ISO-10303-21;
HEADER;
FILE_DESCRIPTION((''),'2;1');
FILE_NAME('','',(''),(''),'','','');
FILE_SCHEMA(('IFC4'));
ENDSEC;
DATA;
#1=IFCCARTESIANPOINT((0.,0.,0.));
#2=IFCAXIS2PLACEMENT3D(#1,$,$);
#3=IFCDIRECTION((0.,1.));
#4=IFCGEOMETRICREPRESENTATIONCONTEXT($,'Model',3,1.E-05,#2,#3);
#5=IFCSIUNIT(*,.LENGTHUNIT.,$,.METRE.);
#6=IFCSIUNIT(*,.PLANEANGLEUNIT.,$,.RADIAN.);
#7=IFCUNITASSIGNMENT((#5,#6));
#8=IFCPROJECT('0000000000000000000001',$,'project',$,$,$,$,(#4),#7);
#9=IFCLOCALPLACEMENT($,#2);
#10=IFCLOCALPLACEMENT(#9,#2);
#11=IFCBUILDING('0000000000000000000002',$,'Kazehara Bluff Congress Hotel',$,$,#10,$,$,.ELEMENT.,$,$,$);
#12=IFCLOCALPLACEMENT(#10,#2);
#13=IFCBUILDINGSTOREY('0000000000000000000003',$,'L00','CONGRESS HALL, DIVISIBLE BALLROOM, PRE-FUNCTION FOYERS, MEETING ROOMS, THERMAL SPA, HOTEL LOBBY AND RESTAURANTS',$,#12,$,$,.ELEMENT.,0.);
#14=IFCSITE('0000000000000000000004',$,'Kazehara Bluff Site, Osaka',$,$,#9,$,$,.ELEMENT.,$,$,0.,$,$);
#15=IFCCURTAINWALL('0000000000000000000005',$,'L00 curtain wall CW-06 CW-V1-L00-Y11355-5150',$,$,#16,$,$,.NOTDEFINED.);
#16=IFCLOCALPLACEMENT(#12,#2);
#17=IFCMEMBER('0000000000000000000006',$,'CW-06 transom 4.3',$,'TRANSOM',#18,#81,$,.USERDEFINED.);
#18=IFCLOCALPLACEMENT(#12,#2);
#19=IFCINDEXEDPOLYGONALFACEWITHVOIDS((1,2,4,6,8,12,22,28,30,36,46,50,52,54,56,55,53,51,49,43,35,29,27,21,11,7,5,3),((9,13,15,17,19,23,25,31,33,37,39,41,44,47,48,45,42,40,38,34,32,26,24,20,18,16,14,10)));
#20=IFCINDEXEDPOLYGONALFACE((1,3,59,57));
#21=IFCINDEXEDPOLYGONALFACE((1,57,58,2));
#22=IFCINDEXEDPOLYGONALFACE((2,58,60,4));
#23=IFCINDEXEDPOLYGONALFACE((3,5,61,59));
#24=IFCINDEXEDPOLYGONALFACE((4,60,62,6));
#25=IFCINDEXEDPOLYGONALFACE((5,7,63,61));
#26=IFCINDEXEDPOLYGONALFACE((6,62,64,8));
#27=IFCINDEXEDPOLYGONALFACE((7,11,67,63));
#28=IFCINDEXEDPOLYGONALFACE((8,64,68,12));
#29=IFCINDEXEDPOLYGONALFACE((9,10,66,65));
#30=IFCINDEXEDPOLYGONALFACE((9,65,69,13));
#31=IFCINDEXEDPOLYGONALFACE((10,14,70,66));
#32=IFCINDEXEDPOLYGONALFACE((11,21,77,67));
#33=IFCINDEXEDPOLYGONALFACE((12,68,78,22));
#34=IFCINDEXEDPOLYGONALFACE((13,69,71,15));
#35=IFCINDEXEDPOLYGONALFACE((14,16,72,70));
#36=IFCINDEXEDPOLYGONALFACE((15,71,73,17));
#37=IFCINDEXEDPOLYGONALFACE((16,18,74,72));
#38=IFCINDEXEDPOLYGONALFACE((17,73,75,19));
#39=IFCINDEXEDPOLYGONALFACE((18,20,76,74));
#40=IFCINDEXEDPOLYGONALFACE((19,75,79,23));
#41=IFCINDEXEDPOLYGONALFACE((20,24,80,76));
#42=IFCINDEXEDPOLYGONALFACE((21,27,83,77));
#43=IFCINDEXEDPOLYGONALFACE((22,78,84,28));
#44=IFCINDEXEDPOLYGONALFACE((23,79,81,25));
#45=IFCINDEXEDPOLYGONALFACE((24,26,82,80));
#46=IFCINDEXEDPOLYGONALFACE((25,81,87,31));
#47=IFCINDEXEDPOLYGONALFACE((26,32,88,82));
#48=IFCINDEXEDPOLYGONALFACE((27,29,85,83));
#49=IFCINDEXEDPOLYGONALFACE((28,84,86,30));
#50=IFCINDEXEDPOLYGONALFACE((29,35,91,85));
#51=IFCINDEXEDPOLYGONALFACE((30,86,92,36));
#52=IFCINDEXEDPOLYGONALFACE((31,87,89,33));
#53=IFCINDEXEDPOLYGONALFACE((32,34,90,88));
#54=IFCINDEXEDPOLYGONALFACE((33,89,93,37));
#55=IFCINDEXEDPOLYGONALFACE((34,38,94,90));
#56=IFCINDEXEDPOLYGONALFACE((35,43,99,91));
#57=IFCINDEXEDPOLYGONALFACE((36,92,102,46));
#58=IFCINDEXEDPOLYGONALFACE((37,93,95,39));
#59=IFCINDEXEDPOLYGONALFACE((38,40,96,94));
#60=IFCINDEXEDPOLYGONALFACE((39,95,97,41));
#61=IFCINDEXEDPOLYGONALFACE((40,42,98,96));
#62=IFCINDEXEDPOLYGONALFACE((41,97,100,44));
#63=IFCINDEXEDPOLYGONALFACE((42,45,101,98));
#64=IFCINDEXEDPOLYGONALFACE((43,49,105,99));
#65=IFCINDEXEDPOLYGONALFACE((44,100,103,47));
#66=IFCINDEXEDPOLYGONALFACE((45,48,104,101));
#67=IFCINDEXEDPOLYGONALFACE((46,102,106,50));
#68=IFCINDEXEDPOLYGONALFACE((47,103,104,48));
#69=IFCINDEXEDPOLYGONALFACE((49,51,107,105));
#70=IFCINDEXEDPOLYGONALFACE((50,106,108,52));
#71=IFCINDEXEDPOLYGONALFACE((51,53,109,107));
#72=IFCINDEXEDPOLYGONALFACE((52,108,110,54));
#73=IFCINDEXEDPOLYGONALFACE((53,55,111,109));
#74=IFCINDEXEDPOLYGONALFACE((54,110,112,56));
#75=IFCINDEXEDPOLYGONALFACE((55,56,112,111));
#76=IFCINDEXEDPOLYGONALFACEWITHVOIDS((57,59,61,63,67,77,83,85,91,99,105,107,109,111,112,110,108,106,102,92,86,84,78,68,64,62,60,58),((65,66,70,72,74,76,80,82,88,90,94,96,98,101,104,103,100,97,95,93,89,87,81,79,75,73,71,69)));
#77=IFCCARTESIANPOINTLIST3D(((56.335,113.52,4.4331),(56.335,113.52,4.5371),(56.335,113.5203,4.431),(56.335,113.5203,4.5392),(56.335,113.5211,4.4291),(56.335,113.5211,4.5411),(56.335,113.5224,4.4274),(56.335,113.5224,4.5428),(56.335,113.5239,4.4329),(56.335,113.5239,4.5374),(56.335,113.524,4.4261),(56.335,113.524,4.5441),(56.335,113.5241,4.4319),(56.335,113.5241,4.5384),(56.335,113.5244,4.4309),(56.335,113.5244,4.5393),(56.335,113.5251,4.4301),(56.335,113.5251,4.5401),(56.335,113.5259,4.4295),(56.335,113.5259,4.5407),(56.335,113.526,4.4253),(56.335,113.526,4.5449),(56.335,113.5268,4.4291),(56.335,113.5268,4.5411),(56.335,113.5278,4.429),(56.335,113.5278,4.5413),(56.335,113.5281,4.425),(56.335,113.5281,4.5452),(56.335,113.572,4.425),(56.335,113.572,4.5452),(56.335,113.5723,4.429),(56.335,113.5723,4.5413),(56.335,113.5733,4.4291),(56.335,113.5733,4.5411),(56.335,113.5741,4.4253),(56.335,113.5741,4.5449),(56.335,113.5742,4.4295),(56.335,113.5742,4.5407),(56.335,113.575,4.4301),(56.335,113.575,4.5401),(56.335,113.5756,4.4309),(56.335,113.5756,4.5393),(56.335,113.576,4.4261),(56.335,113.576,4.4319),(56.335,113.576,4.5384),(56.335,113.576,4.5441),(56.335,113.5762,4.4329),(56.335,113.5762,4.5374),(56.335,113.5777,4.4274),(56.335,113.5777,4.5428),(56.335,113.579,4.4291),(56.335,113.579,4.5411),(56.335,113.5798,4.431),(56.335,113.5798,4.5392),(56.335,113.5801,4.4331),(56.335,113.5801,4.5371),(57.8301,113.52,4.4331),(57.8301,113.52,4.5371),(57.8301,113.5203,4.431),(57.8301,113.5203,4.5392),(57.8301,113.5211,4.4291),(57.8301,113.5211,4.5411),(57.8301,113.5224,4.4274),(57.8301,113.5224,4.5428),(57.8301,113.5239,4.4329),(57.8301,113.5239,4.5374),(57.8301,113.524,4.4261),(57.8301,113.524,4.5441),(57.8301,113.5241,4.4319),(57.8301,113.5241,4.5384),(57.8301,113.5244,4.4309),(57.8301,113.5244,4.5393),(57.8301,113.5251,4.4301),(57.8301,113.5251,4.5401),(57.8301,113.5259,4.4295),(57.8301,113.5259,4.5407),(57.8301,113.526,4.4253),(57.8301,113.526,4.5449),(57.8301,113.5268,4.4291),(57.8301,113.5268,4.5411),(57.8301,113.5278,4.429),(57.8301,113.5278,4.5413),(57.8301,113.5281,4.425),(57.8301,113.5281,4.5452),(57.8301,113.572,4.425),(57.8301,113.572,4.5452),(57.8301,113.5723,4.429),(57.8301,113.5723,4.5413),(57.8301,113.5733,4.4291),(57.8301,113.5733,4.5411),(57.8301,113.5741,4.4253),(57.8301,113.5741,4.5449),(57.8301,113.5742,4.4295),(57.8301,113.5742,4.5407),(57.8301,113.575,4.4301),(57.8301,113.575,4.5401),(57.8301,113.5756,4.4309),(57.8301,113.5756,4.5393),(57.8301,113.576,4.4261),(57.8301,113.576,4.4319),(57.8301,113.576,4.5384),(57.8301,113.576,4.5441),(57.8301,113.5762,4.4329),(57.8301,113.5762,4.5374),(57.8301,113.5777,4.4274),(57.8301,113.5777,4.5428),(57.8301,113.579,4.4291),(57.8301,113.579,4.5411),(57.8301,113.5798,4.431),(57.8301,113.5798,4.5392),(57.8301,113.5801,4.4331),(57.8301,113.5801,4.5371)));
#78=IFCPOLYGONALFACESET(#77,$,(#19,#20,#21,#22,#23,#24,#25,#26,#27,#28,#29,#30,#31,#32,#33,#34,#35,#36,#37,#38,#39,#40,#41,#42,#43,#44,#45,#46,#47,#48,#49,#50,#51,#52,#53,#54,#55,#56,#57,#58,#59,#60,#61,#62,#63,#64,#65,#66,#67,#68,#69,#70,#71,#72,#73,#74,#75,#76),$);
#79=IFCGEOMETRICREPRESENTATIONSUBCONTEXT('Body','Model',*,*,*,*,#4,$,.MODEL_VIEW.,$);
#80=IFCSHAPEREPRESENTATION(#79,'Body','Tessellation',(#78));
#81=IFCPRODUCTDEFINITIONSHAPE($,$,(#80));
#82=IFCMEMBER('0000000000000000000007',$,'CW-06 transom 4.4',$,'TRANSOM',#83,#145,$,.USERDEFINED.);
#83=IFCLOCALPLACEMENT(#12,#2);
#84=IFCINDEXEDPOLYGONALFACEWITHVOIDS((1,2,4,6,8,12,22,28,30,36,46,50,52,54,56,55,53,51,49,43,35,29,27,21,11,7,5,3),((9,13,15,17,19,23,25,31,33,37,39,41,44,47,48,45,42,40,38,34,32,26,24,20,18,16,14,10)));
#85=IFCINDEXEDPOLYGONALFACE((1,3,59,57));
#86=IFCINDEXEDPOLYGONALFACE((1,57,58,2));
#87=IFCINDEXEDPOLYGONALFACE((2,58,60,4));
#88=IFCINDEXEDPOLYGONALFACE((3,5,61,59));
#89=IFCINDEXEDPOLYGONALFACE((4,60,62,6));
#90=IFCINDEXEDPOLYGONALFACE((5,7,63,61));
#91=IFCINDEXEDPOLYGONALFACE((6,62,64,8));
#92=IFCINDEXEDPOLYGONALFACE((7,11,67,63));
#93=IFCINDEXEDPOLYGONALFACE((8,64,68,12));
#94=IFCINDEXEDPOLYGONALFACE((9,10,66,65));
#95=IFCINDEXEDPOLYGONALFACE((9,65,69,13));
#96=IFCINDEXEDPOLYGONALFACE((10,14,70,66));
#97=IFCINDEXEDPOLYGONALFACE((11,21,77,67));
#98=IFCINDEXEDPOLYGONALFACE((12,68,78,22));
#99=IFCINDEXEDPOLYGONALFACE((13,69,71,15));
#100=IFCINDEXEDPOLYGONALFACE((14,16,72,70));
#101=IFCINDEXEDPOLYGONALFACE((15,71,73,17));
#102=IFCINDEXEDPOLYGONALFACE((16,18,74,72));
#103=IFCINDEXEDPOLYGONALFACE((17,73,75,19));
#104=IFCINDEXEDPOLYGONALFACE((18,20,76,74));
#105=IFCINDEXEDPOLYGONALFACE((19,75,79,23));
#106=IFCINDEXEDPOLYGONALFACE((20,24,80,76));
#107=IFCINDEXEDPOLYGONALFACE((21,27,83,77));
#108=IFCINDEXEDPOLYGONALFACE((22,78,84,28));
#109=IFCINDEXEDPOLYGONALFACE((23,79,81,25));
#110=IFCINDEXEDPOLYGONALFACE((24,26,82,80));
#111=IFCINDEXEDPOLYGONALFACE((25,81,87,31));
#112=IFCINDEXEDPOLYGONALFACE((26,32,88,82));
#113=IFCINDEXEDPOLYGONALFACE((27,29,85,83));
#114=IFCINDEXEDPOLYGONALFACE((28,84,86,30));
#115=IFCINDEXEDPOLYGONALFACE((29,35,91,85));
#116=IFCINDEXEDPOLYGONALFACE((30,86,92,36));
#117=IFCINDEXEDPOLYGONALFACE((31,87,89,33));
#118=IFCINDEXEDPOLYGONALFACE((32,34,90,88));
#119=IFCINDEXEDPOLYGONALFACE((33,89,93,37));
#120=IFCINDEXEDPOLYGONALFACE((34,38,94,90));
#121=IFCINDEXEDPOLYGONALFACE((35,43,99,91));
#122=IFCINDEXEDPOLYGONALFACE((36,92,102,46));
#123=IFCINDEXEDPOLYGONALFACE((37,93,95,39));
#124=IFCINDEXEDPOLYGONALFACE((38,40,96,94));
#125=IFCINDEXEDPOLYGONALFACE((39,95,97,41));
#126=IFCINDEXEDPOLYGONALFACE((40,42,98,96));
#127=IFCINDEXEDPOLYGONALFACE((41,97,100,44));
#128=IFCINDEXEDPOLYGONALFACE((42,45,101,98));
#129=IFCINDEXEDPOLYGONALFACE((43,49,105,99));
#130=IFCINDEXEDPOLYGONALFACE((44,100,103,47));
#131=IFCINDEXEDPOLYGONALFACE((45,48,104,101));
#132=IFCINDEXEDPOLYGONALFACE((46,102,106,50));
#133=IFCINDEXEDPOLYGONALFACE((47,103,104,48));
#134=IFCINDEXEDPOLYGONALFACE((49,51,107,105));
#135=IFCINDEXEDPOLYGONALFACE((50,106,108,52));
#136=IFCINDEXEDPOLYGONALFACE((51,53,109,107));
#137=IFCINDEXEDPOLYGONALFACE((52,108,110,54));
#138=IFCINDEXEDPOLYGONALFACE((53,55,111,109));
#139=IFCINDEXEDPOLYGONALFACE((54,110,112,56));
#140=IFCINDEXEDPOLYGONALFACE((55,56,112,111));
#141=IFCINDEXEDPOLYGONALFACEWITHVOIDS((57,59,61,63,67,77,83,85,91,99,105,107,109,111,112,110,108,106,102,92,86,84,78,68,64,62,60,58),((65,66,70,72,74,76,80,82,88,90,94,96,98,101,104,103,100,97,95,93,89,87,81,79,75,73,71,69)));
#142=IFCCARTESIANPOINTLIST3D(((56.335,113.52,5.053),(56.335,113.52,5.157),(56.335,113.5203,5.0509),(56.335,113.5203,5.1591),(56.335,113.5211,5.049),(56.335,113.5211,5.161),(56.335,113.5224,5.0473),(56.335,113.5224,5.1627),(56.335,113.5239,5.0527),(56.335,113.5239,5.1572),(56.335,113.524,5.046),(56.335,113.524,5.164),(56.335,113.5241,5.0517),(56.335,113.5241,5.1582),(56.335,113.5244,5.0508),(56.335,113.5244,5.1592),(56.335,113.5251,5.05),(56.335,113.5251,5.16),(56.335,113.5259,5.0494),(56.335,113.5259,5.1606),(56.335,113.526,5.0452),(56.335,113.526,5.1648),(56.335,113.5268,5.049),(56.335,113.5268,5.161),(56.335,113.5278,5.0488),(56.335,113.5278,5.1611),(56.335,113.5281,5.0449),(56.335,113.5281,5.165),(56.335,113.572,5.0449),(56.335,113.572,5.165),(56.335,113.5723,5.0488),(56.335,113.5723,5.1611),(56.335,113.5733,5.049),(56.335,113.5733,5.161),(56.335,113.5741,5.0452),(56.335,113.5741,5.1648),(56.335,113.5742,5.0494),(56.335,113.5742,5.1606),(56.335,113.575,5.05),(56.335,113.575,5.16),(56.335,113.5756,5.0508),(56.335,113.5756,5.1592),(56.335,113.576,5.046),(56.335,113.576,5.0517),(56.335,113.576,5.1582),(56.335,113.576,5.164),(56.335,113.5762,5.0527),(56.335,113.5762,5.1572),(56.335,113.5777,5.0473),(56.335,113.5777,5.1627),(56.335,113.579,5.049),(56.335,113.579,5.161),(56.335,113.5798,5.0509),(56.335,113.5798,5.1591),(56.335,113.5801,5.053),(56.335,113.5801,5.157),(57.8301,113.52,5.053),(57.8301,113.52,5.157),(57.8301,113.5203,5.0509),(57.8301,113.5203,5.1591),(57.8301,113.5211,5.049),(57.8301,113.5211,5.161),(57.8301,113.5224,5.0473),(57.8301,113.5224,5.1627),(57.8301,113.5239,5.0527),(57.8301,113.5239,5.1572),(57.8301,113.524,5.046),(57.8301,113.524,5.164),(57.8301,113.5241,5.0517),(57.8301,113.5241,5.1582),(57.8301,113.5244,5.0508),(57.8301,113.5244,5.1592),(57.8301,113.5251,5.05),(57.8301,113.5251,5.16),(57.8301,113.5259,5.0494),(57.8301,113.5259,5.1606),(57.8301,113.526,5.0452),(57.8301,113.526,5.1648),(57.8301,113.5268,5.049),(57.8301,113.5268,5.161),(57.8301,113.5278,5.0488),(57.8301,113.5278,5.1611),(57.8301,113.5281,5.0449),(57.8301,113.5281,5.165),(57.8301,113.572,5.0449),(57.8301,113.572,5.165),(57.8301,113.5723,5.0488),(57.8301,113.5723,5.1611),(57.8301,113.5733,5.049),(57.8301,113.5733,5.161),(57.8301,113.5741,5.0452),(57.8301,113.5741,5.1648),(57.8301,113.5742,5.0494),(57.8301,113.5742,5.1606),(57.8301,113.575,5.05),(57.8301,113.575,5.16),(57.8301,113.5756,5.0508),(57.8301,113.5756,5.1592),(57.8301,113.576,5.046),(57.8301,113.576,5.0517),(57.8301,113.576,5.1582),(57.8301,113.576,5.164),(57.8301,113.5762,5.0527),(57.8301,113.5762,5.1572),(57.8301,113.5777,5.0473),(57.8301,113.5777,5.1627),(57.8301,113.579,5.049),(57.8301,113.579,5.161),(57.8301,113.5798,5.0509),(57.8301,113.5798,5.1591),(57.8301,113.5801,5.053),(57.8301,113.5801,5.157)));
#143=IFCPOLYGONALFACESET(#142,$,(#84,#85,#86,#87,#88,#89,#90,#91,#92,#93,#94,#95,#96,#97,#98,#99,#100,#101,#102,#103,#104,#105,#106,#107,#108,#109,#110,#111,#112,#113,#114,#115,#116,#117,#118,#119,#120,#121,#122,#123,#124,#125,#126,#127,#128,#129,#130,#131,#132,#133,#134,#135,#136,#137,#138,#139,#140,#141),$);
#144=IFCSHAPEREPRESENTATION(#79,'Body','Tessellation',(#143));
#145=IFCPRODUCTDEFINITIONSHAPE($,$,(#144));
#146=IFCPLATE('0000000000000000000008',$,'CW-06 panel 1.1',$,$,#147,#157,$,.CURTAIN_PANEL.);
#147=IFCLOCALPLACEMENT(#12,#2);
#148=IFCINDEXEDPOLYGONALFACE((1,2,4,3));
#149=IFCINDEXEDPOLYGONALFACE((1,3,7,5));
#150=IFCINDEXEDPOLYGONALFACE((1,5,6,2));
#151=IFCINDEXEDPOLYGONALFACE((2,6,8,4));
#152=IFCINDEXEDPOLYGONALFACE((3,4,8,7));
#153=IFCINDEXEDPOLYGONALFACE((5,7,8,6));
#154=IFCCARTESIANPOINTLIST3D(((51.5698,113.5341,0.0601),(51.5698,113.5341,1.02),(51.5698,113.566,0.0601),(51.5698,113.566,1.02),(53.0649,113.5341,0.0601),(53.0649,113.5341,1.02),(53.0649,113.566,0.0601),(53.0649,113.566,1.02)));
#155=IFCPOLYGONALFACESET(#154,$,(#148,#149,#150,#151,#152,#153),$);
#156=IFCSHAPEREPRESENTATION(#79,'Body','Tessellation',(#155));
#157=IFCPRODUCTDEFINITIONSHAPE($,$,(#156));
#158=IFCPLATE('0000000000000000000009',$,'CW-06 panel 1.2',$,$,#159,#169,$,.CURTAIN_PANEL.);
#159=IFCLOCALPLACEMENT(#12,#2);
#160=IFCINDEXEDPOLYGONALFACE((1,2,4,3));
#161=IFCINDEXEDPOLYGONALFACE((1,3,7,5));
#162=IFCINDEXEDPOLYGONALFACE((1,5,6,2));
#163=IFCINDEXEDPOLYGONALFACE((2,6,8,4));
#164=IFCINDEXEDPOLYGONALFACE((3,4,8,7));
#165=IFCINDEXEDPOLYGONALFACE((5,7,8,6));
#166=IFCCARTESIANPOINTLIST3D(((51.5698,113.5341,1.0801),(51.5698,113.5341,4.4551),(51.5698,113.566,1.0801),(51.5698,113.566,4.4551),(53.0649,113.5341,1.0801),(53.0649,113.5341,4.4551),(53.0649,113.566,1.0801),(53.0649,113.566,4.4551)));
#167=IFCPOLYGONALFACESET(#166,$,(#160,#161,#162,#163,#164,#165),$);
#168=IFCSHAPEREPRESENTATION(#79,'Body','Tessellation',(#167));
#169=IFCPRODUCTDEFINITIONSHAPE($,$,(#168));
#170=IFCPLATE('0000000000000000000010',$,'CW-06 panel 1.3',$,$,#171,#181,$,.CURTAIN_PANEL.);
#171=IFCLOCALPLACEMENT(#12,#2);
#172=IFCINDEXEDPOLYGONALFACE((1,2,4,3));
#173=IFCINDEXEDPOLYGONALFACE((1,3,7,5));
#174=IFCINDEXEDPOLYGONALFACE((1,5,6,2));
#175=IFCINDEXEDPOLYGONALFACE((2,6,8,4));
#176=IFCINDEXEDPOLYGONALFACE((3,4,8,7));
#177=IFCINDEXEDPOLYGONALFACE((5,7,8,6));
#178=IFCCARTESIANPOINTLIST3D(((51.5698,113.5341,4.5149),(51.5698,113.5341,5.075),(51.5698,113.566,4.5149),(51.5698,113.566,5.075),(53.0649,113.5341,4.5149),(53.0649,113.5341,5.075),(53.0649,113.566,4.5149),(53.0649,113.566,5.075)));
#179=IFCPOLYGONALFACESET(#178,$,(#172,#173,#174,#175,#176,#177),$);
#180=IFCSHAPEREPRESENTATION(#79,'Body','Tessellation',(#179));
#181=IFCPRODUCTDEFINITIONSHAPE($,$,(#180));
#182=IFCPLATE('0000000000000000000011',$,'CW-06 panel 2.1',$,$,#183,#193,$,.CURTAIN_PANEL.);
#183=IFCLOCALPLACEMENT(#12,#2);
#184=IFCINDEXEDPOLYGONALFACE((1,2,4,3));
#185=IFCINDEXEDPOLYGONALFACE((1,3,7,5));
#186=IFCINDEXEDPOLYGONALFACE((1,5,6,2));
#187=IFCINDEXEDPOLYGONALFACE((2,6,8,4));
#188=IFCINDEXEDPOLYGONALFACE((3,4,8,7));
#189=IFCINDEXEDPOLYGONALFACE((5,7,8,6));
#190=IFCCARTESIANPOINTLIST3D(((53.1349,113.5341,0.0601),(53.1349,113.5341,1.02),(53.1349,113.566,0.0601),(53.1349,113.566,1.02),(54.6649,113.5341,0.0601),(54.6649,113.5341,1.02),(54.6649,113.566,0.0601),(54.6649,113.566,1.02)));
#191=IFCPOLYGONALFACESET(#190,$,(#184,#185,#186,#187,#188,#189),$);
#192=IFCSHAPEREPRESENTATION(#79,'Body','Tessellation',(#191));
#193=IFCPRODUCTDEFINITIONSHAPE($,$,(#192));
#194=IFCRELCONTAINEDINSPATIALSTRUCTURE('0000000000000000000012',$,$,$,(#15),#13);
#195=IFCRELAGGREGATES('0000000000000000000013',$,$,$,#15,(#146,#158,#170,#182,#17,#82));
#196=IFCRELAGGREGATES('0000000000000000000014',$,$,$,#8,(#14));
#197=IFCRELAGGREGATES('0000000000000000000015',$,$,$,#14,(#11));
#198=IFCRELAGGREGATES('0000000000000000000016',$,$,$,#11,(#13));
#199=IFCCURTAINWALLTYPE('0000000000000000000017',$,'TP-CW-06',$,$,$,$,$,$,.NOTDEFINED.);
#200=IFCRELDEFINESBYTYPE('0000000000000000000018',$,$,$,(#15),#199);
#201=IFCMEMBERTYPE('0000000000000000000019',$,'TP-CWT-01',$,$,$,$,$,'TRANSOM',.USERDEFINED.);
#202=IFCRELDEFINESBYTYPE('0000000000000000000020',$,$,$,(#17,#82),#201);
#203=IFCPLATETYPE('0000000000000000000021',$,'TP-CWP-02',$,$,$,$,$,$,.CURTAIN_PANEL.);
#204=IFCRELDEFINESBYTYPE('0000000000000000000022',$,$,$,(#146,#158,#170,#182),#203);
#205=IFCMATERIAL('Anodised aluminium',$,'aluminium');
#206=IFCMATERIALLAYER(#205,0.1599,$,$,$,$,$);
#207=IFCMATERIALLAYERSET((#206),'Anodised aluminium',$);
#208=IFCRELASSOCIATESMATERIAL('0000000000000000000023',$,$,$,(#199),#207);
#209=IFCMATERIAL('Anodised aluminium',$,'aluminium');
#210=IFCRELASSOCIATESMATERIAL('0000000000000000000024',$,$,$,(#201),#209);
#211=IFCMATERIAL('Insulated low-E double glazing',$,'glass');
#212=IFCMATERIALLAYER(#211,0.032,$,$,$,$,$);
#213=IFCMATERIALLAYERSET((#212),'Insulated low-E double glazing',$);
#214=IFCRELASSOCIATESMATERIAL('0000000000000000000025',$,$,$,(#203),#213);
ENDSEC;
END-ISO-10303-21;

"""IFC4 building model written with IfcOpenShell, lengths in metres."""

from ifc_helpers import new_model, si_unit, direction, frame, origin, origin_2d, place, context, subcontext, project, spatial, rectangle, hollow_rectangle, extrude, material, layer, layer_set, material_profile, profile_set, type_object, element, aggregate, save


model = new_model("IFC4")

# Units and contexts
model_context = context("Model", 3, precision=1e-05, world=origin(), true_north=direction((0.0, 1.0)))
body_context = subcontext(model_context, "Body", "Model", "MODEL_VIEW")
ifc_project = project(units=[si_unit("LENGTHUNIT", "METRE"), si_unit("PLANEANGLEUNIT", "RADIAN")], contexts=[model_context])

# Site, building, storey
site_placement = place(None, origin())
site = spatial("IfcSite", under=ifc_project, at=site_placement, Name="Kazehara Bluff Site, Osaka", CompositionType="ELEMENT", RefElevation=0.0)
building_placement = place(site_placement, origin())
building = spatial("IfcBuilding", under=site, at=building_placement, Name="Kazehara Bluff Congress Hotel", CompositionType="ELEMENT")
storey_placement = place(building_placement, origin())
storey = spatial("IfcBuildingStorey", under=building, at=storey_placement, Name="L00", Description="CONGRESS HALL, DIVISIBLE BALLROOM, PRE-FUNCTION FOYERS, MEETING ROOMS, THERMAL SPA, HOTEL LOBBY AND RESTAURANTS", CompositionType="ELEMENT", Elevation=0.0)

# Curtain wall, members, plates
ifc_material_1 = material(Name="Anodised aluminium", Category="aluminium")
ifc_layer_1 = layer(ifc_material_1, 0.1599)
ifc_layer_set_1 = layer_set([ifc_layer_1], Name="Anodised aluminium")
curtain_wall_type = type_object("IfcCurtainWallType", Name="TP-CW-06", PredefinedType="NOTDEFINED", material=ifc_layer_set_1)
curtain_wall_placement = place(storey_placement, origin())
curtain_wall = element("IfcCurtainWall", 1, at=curtain_wall_placement, inside=storey, type_object=curtain_wall_type, Name="L00 curtain wall CW-06 CW-V1-L00-Y11355-5150", PredefinedType="NOTDEFINED")
ifc_material_2 = material(Name="Anodised aluminium", Category="aluminium")
ifc_material_profile_1 = material_profile(ifc_material_2, hollow_rectangle(XDim=0.0601, YDim=0.1201, WallThickness=0.0039, InnerFilletRadius=0.0039, OuterFilletRadius=0.0081, at=origin_2d()))
ifc_profile_set_1 = profile_set([ifc_material_profile_1], Name="Anodised aluminium")
member_type_1 = type_object("IfcMemberType", Name="TP-CWT-01", ElementType="TRANSOM", PredefinedType="USERDEFINED", material=ifc_profile_set_1)
member_1_placement = place(storey_placement, frame((56.335, 113.55, 4.4851), z_axis=(1.0, 0.0, 0.0), x_axis=(0.0, 1.0, 0.0)))
member_1 = element("IfcMember", 2, at=member_1_placement, type_object=member_type_1, Name="CW-06 transom 4.3", ObjectType="TRANSOM", PredefinedType="USERDEFINED", context=body_context, shape_type="SweptSolid", body=[
    extrude(hollow_rectangle(XDim=0.0601, YDim=0.1201, WallThickness=0.0039, InnerFilletRadius=0.0039, OuterFilletRadius=0.0081, at=origin_2d()), origin(), (0.0, 0.0, 1.0), 1.4951),
])
member_2_placement = place(storey_placement, frame((56.335, 113.55, 5.105), z_axis=(1.0, 0.0, 0.0), x_axis=(0.0, 1.0, 0.0)))
member_2 = element("IfcMember", 3, at=member_2_placement, type_object=member_type_1, Name="CW-06 transom 4.4", ObjectType="TRANSOM", PredefinedType="USERDEFINED", context=body_context, shape_type="SweptSolid", body=[
    extrude(hollow_rectangle(XDim=0.0601, YDim=0.1201, WallThickness=0.0039, InnerFilletRadius=0.0039, OuterFilletRadius=0.0081, at=origin_2d()), origin(), (0.0, 0.0, 1.0), 1.4951),
])
ifc_material_3 = material(Name="Insulated low-E double glazing", Category="glass")
ifc_layer_2 = layer(ifc_material_3, 0.032)
ifc_layer_set_2 = layer_set([ifc_layer_2], Name="Insulated low-E double glazing")
plate_type = type_object("IfcPlateType", Name="TP-CWP-02", PredefinedType="CURTAIN_PANEL", material=ifc_layer_set_2)
plate_1_placement = place(storey_placement, frame((52.3174, 113.55, 0.0601), z_axis=(0.0, 0.0, 1.0), x_axis=(1.0, 0.0, 0.0)))
plate_1 = element("IfcPlate", 4, at=plate_1_placement, type_object=plate_type, Name="CW-06 panel 1.1", PredefinedType="CURTAIN_PANEL", context=body_context, shape_type="SweptSolid", body=[
    extrude(rectangle(XDim=1.4951, YDim=0.032, at=origin_2d()), origin(), (0.0, 0.0, 1.0), 0.96),
])
plate_2_placement = place(storey_placement, frame((52.3174, 113.55, 1.0801), z_axis=(0.0, 0.0, 1.0), x_axis=(1.0, 0.0, 0.0)))
plate_2 = element("IfcPlate", 5, at=plate_2_placement, type_object=plate_type, Name="CW-06 panel 1.2", PredefinedType="CURTAIN_PANEL", context=body_context, shape_type="SweptSolid", body=[
    extrude(rectangle(XDim=1.4951, YDim=0.032, at=origin_2d()), origin(), (0.0, 0.0, 1.0), 3.375),
])
plate_3_placement = place(storey_placement, frame((52.3174, 113.55, 4.5149), z_axis=(0.0, 0.0, 1.0), x_axis=(1.0, 0.0, 0.0)))
plate_3 = element("IfcPlate", 6, at=plate_3_placement, type_object=plate_type, Name="CW-06 panel 1.3", PredefinedType="CURTAIN_PANEL", context=body_context, shape_type="SweptSolid", body=[
    extrude(rectangle(XDim=1.4951, YDim=0.032, at=origin_2d()), origin(), (0.0, 0.0, 1.0), 0.5601),
])
plate_4_placement = place(storey_placement, frame((53.8999, 113.55, 0.0601), z_axis=(0.0, 0.0, 1.0), x_axis=(1.0, 0.0, 0.0)))
plate_4 = element("IfcPlate", 7, at=plate_4_placement, type_object=plate_type, Name="CW-06 panel 2.1", PredefinedType="CURTAIN_PANEL", context=body_context, shape_type="SweptSolid", body=[
    extrude(rectangle(XDim=1.53, YDim=0.032, at=origin_2d()), origin(), (0.0, 0.0, 1.0), 0.96),
])
aggregate(curtain_wall, [plate_1, plate_2, plate_3, plate_4, member_1, member_2])

save(model, "model.ifc")
